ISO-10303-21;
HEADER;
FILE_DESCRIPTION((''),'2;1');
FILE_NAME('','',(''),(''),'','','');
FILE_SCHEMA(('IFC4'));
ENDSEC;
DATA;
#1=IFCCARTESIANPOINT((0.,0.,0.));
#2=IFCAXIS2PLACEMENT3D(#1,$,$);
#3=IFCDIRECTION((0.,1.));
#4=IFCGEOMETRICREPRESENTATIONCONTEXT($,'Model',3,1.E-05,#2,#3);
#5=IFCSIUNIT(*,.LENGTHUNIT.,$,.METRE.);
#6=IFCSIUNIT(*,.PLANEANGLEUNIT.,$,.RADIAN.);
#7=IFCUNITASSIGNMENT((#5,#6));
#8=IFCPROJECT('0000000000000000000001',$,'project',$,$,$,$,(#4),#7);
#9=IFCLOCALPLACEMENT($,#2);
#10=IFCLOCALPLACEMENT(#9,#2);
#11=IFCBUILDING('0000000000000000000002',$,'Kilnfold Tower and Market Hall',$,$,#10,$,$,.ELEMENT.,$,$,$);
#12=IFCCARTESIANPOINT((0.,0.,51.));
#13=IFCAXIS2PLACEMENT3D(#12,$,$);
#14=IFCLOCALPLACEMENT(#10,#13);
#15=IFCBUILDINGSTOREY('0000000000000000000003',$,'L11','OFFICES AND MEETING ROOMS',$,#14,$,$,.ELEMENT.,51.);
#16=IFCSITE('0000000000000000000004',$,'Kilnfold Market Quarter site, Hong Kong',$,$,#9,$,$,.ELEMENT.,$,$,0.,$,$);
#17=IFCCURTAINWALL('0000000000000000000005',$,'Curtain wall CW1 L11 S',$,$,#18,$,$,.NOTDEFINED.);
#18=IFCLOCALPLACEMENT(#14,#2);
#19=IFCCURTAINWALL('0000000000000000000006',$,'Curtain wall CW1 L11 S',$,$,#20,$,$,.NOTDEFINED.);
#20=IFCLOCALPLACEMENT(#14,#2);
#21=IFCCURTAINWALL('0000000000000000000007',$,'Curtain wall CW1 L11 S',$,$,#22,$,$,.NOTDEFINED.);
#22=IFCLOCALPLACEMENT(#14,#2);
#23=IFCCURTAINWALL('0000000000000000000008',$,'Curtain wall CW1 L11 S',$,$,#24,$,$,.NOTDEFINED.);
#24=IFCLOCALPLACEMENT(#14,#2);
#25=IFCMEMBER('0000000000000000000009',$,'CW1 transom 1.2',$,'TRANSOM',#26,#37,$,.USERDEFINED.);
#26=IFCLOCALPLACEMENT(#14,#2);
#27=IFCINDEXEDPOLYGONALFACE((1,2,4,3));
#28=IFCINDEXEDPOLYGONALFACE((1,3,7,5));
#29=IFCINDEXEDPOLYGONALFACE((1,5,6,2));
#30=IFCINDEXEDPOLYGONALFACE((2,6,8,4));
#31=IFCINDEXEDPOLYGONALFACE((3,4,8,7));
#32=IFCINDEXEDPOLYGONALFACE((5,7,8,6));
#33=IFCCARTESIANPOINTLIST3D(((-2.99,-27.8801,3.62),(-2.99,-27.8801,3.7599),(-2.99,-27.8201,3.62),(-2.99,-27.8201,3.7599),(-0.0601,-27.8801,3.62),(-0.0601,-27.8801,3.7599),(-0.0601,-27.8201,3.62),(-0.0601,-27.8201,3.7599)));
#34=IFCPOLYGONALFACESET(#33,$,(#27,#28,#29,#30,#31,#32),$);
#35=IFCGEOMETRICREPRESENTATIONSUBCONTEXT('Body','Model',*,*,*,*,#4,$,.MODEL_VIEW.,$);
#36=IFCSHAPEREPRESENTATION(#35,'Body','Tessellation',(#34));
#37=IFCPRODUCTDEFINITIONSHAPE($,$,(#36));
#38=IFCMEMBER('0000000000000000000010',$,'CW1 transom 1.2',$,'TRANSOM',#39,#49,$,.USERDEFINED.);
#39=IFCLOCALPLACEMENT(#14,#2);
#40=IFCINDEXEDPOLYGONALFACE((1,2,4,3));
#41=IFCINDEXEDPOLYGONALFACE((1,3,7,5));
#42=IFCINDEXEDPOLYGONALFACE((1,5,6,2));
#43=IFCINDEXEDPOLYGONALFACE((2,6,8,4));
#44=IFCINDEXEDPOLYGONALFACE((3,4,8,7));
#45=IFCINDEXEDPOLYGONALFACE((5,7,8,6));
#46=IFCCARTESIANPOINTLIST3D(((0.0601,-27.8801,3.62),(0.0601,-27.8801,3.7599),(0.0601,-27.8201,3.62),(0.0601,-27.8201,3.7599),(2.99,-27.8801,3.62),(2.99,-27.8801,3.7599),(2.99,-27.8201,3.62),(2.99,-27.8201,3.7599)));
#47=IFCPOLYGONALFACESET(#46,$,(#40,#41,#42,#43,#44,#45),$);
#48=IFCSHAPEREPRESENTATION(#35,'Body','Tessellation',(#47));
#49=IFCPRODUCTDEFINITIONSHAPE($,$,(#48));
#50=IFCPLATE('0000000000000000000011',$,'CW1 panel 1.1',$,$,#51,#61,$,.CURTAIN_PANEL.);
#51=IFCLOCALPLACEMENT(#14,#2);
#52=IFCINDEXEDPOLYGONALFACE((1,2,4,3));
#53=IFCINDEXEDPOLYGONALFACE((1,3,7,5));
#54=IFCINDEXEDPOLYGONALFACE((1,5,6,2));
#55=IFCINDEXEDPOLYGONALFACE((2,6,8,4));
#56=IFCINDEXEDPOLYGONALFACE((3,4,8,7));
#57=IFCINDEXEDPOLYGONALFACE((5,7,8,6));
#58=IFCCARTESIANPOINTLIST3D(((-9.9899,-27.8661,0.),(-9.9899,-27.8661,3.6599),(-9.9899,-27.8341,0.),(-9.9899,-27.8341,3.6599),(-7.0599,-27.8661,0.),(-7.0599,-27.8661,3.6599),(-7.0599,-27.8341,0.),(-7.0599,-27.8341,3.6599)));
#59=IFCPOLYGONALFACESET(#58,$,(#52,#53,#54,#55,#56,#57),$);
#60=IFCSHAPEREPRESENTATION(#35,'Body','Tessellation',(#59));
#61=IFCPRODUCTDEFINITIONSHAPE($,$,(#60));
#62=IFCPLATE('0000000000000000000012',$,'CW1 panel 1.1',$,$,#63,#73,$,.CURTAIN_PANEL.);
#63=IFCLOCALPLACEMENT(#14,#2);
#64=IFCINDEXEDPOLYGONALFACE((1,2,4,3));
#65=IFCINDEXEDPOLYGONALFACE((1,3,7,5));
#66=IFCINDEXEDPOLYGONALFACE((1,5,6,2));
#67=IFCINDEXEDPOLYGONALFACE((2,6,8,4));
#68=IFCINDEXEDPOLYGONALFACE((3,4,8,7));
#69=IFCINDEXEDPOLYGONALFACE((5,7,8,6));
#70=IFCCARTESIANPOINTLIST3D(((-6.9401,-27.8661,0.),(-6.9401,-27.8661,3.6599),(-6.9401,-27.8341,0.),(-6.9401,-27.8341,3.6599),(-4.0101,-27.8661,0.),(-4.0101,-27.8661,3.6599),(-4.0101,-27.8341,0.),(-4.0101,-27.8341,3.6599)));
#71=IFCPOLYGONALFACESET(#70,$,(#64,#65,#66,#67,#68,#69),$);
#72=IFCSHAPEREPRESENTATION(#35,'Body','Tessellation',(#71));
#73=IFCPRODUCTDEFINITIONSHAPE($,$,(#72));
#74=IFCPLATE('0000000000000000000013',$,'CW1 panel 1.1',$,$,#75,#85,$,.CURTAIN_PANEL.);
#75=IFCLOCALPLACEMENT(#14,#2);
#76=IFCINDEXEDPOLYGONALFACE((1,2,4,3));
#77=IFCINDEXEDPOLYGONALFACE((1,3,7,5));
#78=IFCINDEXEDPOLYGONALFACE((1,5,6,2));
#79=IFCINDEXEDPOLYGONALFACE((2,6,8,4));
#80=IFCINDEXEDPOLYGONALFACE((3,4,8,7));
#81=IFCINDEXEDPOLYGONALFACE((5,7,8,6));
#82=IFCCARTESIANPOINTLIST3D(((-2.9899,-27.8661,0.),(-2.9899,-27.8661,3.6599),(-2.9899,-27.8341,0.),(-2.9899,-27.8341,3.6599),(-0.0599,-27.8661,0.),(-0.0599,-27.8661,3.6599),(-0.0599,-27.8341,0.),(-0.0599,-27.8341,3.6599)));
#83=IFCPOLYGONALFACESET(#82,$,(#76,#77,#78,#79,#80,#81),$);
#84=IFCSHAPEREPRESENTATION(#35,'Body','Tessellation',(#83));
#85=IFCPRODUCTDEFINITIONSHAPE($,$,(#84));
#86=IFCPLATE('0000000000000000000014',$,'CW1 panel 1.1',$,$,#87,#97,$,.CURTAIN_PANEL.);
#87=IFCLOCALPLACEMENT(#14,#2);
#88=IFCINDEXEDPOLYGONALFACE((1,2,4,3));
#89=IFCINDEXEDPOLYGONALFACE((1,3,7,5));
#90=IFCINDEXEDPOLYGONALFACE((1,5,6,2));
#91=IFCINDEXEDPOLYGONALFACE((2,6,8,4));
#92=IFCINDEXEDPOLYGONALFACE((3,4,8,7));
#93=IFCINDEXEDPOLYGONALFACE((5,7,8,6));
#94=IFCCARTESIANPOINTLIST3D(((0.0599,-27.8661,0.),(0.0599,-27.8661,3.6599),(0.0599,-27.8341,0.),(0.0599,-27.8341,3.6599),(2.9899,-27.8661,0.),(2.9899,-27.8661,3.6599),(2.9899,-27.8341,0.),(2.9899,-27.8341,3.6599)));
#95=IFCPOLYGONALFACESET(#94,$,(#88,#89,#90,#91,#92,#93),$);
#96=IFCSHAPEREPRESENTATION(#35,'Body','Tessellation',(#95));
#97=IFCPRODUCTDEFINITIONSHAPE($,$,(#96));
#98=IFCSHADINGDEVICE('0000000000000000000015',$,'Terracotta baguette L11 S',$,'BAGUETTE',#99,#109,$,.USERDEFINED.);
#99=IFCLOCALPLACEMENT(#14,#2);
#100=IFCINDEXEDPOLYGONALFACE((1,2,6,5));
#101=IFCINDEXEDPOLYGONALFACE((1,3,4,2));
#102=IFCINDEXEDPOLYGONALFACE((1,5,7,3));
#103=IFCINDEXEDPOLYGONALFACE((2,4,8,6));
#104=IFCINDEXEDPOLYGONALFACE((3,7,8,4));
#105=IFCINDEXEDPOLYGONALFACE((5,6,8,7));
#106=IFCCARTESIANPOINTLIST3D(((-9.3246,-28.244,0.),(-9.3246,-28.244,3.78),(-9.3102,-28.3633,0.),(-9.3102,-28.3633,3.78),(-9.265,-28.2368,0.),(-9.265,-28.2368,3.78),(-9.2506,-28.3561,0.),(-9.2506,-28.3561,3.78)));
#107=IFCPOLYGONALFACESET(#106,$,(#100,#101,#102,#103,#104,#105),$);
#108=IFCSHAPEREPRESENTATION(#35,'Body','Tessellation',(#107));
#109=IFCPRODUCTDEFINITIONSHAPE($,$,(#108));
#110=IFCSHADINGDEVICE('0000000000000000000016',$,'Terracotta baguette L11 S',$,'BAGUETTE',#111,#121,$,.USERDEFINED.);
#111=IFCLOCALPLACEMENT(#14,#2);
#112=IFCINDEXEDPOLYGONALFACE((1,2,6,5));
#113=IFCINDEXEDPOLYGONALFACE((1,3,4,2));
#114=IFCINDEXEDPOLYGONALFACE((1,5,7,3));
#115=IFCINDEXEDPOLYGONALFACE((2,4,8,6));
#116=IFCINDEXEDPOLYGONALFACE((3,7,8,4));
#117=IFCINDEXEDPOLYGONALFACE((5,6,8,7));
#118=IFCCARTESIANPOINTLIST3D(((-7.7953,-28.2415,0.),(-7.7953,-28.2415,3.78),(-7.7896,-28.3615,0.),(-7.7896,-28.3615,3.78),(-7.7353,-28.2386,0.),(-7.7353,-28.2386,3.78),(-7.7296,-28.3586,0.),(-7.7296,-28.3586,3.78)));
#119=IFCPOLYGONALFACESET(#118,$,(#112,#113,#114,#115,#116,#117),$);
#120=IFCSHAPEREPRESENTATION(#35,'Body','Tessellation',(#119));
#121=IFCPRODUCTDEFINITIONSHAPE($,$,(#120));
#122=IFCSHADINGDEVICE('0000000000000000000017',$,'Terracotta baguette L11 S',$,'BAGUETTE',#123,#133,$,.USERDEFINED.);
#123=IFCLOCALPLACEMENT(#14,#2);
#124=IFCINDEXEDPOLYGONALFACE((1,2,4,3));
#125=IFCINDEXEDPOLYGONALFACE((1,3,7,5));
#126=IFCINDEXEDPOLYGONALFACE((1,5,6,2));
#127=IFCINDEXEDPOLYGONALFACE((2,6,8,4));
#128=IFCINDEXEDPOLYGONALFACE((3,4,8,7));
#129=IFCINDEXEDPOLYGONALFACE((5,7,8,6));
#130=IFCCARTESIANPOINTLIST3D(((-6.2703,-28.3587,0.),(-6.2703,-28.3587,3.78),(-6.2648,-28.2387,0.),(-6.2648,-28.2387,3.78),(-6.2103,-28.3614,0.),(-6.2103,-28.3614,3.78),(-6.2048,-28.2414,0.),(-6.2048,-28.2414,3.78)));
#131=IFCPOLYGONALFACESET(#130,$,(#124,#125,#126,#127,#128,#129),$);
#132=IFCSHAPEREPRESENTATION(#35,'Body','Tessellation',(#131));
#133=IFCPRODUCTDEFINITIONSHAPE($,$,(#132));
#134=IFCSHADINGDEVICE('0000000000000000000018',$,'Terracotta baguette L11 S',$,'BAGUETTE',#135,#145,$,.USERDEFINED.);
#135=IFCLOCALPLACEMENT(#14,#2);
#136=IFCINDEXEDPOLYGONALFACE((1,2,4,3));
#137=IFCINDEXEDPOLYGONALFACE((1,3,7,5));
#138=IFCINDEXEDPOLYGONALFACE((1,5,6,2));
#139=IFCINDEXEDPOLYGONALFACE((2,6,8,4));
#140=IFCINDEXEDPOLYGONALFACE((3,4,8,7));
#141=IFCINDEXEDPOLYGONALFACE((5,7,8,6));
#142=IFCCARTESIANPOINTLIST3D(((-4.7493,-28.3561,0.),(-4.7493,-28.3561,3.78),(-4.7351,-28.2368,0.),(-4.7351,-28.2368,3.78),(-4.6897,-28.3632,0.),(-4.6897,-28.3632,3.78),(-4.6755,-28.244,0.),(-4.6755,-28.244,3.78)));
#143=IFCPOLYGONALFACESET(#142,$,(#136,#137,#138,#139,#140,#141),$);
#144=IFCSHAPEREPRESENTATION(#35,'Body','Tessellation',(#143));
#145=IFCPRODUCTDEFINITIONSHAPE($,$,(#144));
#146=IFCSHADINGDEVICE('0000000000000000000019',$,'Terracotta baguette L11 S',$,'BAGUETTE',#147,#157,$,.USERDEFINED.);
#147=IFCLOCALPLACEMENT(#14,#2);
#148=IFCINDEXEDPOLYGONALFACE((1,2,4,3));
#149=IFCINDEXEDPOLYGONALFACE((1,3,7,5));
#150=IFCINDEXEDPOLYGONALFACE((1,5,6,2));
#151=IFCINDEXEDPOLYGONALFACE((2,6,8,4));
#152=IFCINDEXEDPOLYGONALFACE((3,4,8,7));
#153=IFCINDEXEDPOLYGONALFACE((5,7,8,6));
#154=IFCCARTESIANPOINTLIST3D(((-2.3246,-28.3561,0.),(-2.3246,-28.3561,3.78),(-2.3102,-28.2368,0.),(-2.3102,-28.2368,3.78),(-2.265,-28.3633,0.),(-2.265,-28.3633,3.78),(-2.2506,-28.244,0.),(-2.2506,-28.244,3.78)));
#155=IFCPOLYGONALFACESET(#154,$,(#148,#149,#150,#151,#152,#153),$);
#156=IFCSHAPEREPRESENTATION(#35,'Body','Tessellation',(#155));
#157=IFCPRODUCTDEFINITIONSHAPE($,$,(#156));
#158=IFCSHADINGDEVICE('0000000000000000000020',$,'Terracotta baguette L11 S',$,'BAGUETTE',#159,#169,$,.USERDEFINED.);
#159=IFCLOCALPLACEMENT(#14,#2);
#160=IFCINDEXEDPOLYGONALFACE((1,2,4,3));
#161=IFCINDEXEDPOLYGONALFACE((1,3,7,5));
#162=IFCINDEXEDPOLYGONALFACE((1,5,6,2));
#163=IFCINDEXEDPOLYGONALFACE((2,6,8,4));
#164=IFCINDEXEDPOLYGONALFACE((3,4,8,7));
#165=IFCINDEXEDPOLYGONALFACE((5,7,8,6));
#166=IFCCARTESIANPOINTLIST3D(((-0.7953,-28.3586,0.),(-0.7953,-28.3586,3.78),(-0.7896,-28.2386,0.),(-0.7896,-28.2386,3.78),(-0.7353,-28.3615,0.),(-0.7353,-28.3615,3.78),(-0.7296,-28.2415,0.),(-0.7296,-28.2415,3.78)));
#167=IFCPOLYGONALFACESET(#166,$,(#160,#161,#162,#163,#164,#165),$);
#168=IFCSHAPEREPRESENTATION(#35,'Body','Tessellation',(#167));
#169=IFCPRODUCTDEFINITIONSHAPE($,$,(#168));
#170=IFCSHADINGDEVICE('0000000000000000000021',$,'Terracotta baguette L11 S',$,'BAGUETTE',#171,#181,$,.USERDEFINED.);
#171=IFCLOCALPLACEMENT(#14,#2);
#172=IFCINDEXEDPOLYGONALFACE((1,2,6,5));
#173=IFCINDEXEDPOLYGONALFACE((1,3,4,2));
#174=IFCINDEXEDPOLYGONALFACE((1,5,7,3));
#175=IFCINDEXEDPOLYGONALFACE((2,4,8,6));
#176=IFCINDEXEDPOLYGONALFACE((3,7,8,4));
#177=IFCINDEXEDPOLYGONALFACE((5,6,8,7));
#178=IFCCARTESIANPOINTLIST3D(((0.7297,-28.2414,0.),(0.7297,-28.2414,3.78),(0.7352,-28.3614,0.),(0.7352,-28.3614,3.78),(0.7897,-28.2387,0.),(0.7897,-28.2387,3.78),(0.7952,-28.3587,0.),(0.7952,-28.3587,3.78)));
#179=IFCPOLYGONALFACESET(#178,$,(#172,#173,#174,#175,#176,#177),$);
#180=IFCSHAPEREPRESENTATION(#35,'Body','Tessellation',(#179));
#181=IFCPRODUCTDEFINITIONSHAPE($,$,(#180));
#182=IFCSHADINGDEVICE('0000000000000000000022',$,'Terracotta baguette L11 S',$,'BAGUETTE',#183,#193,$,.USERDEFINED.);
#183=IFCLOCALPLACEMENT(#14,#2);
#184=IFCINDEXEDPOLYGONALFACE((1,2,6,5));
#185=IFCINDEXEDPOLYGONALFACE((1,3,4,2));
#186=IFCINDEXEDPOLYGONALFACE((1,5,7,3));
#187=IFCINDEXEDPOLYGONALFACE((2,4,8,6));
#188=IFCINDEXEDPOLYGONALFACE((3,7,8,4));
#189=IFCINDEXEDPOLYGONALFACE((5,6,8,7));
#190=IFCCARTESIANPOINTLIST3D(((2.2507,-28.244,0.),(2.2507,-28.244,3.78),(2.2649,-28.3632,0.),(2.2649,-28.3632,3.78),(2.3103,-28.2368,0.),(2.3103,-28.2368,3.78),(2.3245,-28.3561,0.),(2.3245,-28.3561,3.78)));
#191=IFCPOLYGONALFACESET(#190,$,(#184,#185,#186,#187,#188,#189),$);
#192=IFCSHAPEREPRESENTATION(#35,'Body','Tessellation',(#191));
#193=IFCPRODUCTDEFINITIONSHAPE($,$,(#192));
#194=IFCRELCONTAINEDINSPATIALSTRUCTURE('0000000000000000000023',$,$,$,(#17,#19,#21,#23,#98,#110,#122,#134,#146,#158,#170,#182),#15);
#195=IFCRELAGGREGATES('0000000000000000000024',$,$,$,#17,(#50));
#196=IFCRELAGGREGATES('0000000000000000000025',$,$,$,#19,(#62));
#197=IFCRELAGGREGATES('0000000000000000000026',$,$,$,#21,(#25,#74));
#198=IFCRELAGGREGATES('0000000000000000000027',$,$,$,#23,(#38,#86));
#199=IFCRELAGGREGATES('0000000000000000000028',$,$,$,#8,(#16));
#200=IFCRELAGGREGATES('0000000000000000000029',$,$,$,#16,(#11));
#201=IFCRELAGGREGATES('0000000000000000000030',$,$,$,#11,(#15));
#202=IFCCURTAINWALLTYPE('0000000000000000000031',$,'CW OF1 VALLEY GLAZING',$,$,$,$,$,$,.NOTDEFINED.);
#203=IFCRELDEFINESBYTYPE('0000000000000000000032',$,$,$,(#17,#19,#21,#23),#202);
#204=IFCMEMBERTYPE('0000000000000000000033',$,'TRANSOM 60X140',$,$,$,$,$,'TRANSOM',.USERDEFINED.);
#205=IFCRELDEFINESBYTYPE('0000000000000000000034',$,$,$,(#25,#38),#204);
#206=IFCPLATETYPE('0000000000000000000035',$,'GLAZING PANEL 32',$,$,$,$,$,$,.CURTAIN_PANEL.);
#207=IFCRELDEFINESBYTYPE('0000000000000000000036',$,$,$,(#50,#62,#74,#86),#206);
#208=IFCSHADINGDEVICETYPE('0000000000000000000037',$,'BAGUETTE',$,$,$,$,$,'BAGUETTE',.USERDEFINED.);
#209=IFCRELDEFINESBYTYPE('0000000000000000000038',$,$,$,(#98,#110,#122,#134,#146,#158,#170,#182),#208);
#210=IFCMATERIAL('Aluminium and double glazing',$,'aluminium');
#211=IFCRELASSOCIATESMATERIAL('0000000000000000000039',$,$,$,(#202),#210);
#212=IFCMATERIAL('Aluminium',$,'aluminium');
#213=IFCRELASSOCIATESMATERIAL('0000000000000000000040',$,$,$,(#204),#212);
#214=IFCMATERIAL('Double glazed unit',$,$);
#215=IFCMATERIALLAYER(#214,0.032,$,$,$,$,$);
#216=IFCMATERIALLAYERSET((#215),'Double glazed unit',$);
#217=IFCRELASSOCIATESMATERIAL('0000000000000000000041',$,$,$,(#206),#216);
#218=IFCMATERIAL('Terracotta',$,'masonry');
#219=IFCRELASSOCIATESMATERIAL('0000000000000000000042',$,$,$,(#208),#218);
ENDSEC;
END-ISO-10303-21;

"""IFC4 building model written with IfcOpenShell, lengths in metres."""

from ifc_helpers import new_model, si_unit, direction, frame, origin, origin_2d, place, context, subcontext, project, spatial, rectangle, extrude, source, transform, mapped, material, layer, layer_set, material_profile, profile_set, type_object, element, aggregate, save


model = new_model("IFC4")

# Units and contexts
model_context = context("Model", 3, precision=1e-05, world=origin(), true_north=direction((0.0, 1.0)))
body_context = subcontext(model_context, "Body", "Model", "MODEL_VIEW")
ifc_project = project(units=[si_unit("LENGTHUNIT", "METRE"), si_unit("PLANEANGLEUNIT", "RADIAN")], contexts=[model_context])

# Site, building, storey
site_placement = place(None, origin())
site = spatial("IfcSite", under=ifc_project, at=site_placement, Name="Kilnfold Market Quarter site, Hong Kong", CompositionType="ELEMENT", RefElevation=0.0)
building_placement = place(site_placement, origin())
building = spatial("IfcBuilding", under=site, at=building_placement, Name="Kilnfold Tower and Market Hall", CompositionType="ELEMENT")
storey_placement = place(building_placement, frame((0.0, 0.0, 51.0)))
storey = spatial("IfcBuildingStorey", under=building, at=storey_placement, Name="L11", Description="OFFICES AND MEETING ROOMS", CompositionType="ELEMENT", Elevation=51.0)

# Curtain walls
ifc_material_1 = material(Name="Aluminium and double glazing", Category="aluminium")
curtain_wall_type = type_object("IfcCurtainWallType", Name="CW OF1 VALLEY GLAZING", PredefinedType="NOTDEFINED", material=ifc_material_1)
curtain_wall_1_placement = place(storey_placement, origin())
curtain_wall_1 = element("IfcCurtainWall", 1, at=curtain_wall_1_placement, inside=storey, type_object=curtain_wall_type, Name="Curtain wall CW1 L11 S", PredefinedType="NOTDEFINED")
curtain_wall_2_placement = place(storey_placement, origin())
curtain_wall_2 = element("IfcCurtainWall", 2, at=curtain_wall_2_placement, inside=storey, type_object=curtain_wall_type, Name="Curtain wall CW1 L11 S", PredefinedType="NOTDEFINED")
curtain_wall_3_placement = place(storey_placement, origin())
curtain_wall_3 = element("IfcCurtainWall", 3, at=curtain_wall_3_placement, inside=storey, type_object=curtain_wall_type, Name="Curtain wall CW1 L11 S", PredefinedType="NOTDEFINED")
curtain_wall_4_placement = place(storey_placement, origin())
curtain_wall_4 = element("IfcCurtainWall", 4, at=curtain_wall_4_placement, inside=storey, type_object=curtain_wall_type, Name="Curtain wall CW1 L11 S", PredefinedType="NOTDEFINED")

# Members
ifc_material_2 = material(Name="Aluminium", Category="aluminium")
ifc_material_profile_1 = material_profile(ifc_material_2, rectangle(XDim=0.0601, YDim=0.1399, at=origin_2d()), Name="TRANSOM 60x140")
ifc_profile_set_1 = profile_set([ifc_material_profile_1], Name="Aluminium")
member_type_1 = type_object("IfcMemberType", Name="TRANSOM 60X140", ElementType="TRANSOM", PredefinedType="USERDEFINED", material=ifc_profile_set_1)
shared_shape_1 = source(origin(), body_context, "Body", "SweptSolid", [
    extrude(rectangle(XDim=0.0601, YDim=0.1399, at=origin_2d()), origin(), (0.0, 0.0, 1.0), 2.9299),
])
member_1_placement = place(storey_placement, frame((-2.99, -27.8501, 3.6899), z_axis=(1.0, 0.0, 0.0), x_axis=(0.0, 1.0, 0.0)))
member_1 = element("IfcMember", 5, at=member_1_placement, type_object=member_type_1, Name="CW1 transom 1.2", ObjectType="TRANSOM", PredefinedType="USERDEFINED", context=body_context, shape_type="MappedRepresentation", body=[
    mapped(shared_shape_1, transform((0.0, 0.0, 0.0))),
])
member_2_placement = place(storey_placement, frame((0.0601, -27.8501, 3.6899), z_axis=(1.0, 0.0, 0.0), x_axis=(0.0, 1.0, 0.0)))
member_2 = element("IfcMember", 6, at=member_2_placement, type_object=member_type_1, Name="CW1 transom 1.2", ObjectType="TRANSOM", PredefinedType="USERDEFINED", context=body_context, shape_type="MappedRepresentation", body=[
    mapped(shared_shape_1, transform((0.0, 0.0, 0.0))),
])

# Plates
ifc_material_3 = material(Name="Double glazed unit")
ifc_layer = layer(ifc_material_3, 0.032)
ifc_layer_set = layer_set([ifc_layer], Name="Double glazed unit")
plate_type = type_object("IfcPlateType", Name="GLAZING PANEL 32", PredefinedType="CURTAIN_PANEL", material=ifc_layer_set)
shared_shape_2 = source(origin(), body_context, "Body", "SweptSolid", [
    extrude(rectangle(XDim=2.9299, YDim=0.032, at=origin_2d()), origin(), (0.0, 0.0, 1.0), 3.6599),
])
plate_1_placement = place(storey_placement, frame((-8.5249, -27.8501, 0.0), z_axis=(0.0, 0.0, 1.0), x_axis=(1.0, 0.0, 0.0)))
plate_1 = element("IfcPlate", 7, at=plate_1_placement, type_object=plate_type, Name="CW1 panel 1.1", PredefinedType="CURTAIN_PANEL", context=body_context, shape_type="MappedRepresentation", body=[
    mapped(shared_shape_2, transform((0.0, 0.0, 0.0))),
])
aggregate(curtain_wall_1, [plate_1])
plate_2_placement = place(storey_placement, frame((-5.4751, -27.8501, 0.0), z_axis=(0.0, 0.0, 1.0), x_axis=(1.0, 0.0, 0.0)))
plate_2 = element("IfcPlate", 8, at=plate_2_placement, type_object=plate_type, Name="CW1 panel 1.1", PredefinedType="CURTAIN_PANEL", context=body_context, shape_type="MappedRepresentation", body=[
    mapped(shared_shape_2, transform((0.0, 0.0, 0.0))),
])
aggregate(curtain_wall_2, [plate_2])
plate_3_placement = place(storey_placement, frame((-1.5249, -27.8501, 0.0), z_axis=(0.0, 0.0, 1.0), x_axis=(1.0, 0.0, 0.0)))
plate_3 = element("IfcPlate", 9, at=plate_3_placement, type_object=plate_type, Name="CW1 panel 1.1", PredefinedType="CURTAIN_PANEL", context=body_context, shape_type="MappedRepresentation", body=[
    mapped(shared_shape_2, transform((0.0, 0.0, 0.0))),
])
aggregate(curtain_wall_3, [member_1, plate_3])
plate_4_placement = place(storey_placement, frame((1.5249, -27.8501, 0.0), z_axis=(0.0, 0.0, 1.0), x_axis=(1.0, 0.0, 0.0)))
plate_4 = element("IfcPlate", 10, at=plate_4_placement, type_object=plate_type, Name="CW1 panel 1.1", PredefinedType="CURTAIN_PANEL", context=body_context, shape_type="MappedRepresentation", body=[
    mapped(shared_shape_2, transform((0.0, 0.0, 0.0))),
])
aggregate(curtain_wall_4, [member_2, plate_4])

# Shading devices
ifc_material_4 = material(Name="Terracotta", Category="masonry")
ifc_material_profile_2 = material_profile(ifc_material_4, rectangle(XDim=0.0601, YDim=0.1201, at=origin_2d()), Name="BAG 60x120")
ifc_profile_set_2 = profile_set([ifc_material_profile_2], Name="Terracotta")
shading_device_type = type_object("IfcShadingDeviceType", Name="BAGUETTE", ElementType="BAGUETTE", PredefinedType="USERDEFINED", material=ifc_profile_set_2)
shared_shape_3 = source(origin(), body_context, "Body", "SweptSolid", [
    extrude(rectangle(XDim=0.0601, YDim=0.1201, at=origin_2d()), origin(), (0.0, 0.0, 1.0), 3.78),
])
for number, where, z_axis, x_axis, name in (
    (11, (-9.2876, -28.3, 0.0), (0.0, 0.0, 1.0), (0.992819, 0.119624, 0.0), "Terracotta baguette L11 S"),
    (12, (-7.7625, -28.3, 0.0), (0.0, 0.0, 1.0), (0.998864, 0.047661, 0.0), "Terracotta baguette L11 S"),
    (13, (-6.2375, -28.3, 0.0), (0.0, 0.0, 1.0), (0.998941, -0.04601, 0.0), "Terracotta baguette L11 S"),
    (14, (-4.7124, -28.3, 0.0), (0.0, 0.0, 1.0), (0.992928, -0.118721, 0.0), "Terracotta baguette L11 S"),
    (15, (-2.2876, -28.3, 0.0), (0.0, 0.0, 1.0), (0.992819, -0.119624, 0.0), "Terracotta baguette L11 S"),
    (16, (-0.7625, -28.3, 0.0), (0.0, 0.0, 1.0), (0.998864, -0.047661, 0.0), "Terracotta baguette L11 S"),
    (17, (0.7625, -28.3, 0.0), (0.0, 0.0, 1.0), (0.998941, 0.04601, 0.0), "Terracotta baguette L11 S"),
    (18, (2.2876, -28.3, 0.0), (0.0, 0.0, 1.0), (0.992928, 0.118721, 0.0), "Terracotta baguette L11 S"),
):
    element("IfcShadingDevice", number, at=place(storey_placement, frame(where, z_axis=z_axis, x_axis=x_axis)), inside=storey, type_object=shading_device_type, Name=name, ObjectType="BAGUETTE", PredefinedType="USERDEFINED", context=body_context, shape_type="MappedRepresentation", body=[
        mapped(shared_shape_3, transform((0.0, 0.0, 0.0))),
    ])

save(model, "model.ifc")
